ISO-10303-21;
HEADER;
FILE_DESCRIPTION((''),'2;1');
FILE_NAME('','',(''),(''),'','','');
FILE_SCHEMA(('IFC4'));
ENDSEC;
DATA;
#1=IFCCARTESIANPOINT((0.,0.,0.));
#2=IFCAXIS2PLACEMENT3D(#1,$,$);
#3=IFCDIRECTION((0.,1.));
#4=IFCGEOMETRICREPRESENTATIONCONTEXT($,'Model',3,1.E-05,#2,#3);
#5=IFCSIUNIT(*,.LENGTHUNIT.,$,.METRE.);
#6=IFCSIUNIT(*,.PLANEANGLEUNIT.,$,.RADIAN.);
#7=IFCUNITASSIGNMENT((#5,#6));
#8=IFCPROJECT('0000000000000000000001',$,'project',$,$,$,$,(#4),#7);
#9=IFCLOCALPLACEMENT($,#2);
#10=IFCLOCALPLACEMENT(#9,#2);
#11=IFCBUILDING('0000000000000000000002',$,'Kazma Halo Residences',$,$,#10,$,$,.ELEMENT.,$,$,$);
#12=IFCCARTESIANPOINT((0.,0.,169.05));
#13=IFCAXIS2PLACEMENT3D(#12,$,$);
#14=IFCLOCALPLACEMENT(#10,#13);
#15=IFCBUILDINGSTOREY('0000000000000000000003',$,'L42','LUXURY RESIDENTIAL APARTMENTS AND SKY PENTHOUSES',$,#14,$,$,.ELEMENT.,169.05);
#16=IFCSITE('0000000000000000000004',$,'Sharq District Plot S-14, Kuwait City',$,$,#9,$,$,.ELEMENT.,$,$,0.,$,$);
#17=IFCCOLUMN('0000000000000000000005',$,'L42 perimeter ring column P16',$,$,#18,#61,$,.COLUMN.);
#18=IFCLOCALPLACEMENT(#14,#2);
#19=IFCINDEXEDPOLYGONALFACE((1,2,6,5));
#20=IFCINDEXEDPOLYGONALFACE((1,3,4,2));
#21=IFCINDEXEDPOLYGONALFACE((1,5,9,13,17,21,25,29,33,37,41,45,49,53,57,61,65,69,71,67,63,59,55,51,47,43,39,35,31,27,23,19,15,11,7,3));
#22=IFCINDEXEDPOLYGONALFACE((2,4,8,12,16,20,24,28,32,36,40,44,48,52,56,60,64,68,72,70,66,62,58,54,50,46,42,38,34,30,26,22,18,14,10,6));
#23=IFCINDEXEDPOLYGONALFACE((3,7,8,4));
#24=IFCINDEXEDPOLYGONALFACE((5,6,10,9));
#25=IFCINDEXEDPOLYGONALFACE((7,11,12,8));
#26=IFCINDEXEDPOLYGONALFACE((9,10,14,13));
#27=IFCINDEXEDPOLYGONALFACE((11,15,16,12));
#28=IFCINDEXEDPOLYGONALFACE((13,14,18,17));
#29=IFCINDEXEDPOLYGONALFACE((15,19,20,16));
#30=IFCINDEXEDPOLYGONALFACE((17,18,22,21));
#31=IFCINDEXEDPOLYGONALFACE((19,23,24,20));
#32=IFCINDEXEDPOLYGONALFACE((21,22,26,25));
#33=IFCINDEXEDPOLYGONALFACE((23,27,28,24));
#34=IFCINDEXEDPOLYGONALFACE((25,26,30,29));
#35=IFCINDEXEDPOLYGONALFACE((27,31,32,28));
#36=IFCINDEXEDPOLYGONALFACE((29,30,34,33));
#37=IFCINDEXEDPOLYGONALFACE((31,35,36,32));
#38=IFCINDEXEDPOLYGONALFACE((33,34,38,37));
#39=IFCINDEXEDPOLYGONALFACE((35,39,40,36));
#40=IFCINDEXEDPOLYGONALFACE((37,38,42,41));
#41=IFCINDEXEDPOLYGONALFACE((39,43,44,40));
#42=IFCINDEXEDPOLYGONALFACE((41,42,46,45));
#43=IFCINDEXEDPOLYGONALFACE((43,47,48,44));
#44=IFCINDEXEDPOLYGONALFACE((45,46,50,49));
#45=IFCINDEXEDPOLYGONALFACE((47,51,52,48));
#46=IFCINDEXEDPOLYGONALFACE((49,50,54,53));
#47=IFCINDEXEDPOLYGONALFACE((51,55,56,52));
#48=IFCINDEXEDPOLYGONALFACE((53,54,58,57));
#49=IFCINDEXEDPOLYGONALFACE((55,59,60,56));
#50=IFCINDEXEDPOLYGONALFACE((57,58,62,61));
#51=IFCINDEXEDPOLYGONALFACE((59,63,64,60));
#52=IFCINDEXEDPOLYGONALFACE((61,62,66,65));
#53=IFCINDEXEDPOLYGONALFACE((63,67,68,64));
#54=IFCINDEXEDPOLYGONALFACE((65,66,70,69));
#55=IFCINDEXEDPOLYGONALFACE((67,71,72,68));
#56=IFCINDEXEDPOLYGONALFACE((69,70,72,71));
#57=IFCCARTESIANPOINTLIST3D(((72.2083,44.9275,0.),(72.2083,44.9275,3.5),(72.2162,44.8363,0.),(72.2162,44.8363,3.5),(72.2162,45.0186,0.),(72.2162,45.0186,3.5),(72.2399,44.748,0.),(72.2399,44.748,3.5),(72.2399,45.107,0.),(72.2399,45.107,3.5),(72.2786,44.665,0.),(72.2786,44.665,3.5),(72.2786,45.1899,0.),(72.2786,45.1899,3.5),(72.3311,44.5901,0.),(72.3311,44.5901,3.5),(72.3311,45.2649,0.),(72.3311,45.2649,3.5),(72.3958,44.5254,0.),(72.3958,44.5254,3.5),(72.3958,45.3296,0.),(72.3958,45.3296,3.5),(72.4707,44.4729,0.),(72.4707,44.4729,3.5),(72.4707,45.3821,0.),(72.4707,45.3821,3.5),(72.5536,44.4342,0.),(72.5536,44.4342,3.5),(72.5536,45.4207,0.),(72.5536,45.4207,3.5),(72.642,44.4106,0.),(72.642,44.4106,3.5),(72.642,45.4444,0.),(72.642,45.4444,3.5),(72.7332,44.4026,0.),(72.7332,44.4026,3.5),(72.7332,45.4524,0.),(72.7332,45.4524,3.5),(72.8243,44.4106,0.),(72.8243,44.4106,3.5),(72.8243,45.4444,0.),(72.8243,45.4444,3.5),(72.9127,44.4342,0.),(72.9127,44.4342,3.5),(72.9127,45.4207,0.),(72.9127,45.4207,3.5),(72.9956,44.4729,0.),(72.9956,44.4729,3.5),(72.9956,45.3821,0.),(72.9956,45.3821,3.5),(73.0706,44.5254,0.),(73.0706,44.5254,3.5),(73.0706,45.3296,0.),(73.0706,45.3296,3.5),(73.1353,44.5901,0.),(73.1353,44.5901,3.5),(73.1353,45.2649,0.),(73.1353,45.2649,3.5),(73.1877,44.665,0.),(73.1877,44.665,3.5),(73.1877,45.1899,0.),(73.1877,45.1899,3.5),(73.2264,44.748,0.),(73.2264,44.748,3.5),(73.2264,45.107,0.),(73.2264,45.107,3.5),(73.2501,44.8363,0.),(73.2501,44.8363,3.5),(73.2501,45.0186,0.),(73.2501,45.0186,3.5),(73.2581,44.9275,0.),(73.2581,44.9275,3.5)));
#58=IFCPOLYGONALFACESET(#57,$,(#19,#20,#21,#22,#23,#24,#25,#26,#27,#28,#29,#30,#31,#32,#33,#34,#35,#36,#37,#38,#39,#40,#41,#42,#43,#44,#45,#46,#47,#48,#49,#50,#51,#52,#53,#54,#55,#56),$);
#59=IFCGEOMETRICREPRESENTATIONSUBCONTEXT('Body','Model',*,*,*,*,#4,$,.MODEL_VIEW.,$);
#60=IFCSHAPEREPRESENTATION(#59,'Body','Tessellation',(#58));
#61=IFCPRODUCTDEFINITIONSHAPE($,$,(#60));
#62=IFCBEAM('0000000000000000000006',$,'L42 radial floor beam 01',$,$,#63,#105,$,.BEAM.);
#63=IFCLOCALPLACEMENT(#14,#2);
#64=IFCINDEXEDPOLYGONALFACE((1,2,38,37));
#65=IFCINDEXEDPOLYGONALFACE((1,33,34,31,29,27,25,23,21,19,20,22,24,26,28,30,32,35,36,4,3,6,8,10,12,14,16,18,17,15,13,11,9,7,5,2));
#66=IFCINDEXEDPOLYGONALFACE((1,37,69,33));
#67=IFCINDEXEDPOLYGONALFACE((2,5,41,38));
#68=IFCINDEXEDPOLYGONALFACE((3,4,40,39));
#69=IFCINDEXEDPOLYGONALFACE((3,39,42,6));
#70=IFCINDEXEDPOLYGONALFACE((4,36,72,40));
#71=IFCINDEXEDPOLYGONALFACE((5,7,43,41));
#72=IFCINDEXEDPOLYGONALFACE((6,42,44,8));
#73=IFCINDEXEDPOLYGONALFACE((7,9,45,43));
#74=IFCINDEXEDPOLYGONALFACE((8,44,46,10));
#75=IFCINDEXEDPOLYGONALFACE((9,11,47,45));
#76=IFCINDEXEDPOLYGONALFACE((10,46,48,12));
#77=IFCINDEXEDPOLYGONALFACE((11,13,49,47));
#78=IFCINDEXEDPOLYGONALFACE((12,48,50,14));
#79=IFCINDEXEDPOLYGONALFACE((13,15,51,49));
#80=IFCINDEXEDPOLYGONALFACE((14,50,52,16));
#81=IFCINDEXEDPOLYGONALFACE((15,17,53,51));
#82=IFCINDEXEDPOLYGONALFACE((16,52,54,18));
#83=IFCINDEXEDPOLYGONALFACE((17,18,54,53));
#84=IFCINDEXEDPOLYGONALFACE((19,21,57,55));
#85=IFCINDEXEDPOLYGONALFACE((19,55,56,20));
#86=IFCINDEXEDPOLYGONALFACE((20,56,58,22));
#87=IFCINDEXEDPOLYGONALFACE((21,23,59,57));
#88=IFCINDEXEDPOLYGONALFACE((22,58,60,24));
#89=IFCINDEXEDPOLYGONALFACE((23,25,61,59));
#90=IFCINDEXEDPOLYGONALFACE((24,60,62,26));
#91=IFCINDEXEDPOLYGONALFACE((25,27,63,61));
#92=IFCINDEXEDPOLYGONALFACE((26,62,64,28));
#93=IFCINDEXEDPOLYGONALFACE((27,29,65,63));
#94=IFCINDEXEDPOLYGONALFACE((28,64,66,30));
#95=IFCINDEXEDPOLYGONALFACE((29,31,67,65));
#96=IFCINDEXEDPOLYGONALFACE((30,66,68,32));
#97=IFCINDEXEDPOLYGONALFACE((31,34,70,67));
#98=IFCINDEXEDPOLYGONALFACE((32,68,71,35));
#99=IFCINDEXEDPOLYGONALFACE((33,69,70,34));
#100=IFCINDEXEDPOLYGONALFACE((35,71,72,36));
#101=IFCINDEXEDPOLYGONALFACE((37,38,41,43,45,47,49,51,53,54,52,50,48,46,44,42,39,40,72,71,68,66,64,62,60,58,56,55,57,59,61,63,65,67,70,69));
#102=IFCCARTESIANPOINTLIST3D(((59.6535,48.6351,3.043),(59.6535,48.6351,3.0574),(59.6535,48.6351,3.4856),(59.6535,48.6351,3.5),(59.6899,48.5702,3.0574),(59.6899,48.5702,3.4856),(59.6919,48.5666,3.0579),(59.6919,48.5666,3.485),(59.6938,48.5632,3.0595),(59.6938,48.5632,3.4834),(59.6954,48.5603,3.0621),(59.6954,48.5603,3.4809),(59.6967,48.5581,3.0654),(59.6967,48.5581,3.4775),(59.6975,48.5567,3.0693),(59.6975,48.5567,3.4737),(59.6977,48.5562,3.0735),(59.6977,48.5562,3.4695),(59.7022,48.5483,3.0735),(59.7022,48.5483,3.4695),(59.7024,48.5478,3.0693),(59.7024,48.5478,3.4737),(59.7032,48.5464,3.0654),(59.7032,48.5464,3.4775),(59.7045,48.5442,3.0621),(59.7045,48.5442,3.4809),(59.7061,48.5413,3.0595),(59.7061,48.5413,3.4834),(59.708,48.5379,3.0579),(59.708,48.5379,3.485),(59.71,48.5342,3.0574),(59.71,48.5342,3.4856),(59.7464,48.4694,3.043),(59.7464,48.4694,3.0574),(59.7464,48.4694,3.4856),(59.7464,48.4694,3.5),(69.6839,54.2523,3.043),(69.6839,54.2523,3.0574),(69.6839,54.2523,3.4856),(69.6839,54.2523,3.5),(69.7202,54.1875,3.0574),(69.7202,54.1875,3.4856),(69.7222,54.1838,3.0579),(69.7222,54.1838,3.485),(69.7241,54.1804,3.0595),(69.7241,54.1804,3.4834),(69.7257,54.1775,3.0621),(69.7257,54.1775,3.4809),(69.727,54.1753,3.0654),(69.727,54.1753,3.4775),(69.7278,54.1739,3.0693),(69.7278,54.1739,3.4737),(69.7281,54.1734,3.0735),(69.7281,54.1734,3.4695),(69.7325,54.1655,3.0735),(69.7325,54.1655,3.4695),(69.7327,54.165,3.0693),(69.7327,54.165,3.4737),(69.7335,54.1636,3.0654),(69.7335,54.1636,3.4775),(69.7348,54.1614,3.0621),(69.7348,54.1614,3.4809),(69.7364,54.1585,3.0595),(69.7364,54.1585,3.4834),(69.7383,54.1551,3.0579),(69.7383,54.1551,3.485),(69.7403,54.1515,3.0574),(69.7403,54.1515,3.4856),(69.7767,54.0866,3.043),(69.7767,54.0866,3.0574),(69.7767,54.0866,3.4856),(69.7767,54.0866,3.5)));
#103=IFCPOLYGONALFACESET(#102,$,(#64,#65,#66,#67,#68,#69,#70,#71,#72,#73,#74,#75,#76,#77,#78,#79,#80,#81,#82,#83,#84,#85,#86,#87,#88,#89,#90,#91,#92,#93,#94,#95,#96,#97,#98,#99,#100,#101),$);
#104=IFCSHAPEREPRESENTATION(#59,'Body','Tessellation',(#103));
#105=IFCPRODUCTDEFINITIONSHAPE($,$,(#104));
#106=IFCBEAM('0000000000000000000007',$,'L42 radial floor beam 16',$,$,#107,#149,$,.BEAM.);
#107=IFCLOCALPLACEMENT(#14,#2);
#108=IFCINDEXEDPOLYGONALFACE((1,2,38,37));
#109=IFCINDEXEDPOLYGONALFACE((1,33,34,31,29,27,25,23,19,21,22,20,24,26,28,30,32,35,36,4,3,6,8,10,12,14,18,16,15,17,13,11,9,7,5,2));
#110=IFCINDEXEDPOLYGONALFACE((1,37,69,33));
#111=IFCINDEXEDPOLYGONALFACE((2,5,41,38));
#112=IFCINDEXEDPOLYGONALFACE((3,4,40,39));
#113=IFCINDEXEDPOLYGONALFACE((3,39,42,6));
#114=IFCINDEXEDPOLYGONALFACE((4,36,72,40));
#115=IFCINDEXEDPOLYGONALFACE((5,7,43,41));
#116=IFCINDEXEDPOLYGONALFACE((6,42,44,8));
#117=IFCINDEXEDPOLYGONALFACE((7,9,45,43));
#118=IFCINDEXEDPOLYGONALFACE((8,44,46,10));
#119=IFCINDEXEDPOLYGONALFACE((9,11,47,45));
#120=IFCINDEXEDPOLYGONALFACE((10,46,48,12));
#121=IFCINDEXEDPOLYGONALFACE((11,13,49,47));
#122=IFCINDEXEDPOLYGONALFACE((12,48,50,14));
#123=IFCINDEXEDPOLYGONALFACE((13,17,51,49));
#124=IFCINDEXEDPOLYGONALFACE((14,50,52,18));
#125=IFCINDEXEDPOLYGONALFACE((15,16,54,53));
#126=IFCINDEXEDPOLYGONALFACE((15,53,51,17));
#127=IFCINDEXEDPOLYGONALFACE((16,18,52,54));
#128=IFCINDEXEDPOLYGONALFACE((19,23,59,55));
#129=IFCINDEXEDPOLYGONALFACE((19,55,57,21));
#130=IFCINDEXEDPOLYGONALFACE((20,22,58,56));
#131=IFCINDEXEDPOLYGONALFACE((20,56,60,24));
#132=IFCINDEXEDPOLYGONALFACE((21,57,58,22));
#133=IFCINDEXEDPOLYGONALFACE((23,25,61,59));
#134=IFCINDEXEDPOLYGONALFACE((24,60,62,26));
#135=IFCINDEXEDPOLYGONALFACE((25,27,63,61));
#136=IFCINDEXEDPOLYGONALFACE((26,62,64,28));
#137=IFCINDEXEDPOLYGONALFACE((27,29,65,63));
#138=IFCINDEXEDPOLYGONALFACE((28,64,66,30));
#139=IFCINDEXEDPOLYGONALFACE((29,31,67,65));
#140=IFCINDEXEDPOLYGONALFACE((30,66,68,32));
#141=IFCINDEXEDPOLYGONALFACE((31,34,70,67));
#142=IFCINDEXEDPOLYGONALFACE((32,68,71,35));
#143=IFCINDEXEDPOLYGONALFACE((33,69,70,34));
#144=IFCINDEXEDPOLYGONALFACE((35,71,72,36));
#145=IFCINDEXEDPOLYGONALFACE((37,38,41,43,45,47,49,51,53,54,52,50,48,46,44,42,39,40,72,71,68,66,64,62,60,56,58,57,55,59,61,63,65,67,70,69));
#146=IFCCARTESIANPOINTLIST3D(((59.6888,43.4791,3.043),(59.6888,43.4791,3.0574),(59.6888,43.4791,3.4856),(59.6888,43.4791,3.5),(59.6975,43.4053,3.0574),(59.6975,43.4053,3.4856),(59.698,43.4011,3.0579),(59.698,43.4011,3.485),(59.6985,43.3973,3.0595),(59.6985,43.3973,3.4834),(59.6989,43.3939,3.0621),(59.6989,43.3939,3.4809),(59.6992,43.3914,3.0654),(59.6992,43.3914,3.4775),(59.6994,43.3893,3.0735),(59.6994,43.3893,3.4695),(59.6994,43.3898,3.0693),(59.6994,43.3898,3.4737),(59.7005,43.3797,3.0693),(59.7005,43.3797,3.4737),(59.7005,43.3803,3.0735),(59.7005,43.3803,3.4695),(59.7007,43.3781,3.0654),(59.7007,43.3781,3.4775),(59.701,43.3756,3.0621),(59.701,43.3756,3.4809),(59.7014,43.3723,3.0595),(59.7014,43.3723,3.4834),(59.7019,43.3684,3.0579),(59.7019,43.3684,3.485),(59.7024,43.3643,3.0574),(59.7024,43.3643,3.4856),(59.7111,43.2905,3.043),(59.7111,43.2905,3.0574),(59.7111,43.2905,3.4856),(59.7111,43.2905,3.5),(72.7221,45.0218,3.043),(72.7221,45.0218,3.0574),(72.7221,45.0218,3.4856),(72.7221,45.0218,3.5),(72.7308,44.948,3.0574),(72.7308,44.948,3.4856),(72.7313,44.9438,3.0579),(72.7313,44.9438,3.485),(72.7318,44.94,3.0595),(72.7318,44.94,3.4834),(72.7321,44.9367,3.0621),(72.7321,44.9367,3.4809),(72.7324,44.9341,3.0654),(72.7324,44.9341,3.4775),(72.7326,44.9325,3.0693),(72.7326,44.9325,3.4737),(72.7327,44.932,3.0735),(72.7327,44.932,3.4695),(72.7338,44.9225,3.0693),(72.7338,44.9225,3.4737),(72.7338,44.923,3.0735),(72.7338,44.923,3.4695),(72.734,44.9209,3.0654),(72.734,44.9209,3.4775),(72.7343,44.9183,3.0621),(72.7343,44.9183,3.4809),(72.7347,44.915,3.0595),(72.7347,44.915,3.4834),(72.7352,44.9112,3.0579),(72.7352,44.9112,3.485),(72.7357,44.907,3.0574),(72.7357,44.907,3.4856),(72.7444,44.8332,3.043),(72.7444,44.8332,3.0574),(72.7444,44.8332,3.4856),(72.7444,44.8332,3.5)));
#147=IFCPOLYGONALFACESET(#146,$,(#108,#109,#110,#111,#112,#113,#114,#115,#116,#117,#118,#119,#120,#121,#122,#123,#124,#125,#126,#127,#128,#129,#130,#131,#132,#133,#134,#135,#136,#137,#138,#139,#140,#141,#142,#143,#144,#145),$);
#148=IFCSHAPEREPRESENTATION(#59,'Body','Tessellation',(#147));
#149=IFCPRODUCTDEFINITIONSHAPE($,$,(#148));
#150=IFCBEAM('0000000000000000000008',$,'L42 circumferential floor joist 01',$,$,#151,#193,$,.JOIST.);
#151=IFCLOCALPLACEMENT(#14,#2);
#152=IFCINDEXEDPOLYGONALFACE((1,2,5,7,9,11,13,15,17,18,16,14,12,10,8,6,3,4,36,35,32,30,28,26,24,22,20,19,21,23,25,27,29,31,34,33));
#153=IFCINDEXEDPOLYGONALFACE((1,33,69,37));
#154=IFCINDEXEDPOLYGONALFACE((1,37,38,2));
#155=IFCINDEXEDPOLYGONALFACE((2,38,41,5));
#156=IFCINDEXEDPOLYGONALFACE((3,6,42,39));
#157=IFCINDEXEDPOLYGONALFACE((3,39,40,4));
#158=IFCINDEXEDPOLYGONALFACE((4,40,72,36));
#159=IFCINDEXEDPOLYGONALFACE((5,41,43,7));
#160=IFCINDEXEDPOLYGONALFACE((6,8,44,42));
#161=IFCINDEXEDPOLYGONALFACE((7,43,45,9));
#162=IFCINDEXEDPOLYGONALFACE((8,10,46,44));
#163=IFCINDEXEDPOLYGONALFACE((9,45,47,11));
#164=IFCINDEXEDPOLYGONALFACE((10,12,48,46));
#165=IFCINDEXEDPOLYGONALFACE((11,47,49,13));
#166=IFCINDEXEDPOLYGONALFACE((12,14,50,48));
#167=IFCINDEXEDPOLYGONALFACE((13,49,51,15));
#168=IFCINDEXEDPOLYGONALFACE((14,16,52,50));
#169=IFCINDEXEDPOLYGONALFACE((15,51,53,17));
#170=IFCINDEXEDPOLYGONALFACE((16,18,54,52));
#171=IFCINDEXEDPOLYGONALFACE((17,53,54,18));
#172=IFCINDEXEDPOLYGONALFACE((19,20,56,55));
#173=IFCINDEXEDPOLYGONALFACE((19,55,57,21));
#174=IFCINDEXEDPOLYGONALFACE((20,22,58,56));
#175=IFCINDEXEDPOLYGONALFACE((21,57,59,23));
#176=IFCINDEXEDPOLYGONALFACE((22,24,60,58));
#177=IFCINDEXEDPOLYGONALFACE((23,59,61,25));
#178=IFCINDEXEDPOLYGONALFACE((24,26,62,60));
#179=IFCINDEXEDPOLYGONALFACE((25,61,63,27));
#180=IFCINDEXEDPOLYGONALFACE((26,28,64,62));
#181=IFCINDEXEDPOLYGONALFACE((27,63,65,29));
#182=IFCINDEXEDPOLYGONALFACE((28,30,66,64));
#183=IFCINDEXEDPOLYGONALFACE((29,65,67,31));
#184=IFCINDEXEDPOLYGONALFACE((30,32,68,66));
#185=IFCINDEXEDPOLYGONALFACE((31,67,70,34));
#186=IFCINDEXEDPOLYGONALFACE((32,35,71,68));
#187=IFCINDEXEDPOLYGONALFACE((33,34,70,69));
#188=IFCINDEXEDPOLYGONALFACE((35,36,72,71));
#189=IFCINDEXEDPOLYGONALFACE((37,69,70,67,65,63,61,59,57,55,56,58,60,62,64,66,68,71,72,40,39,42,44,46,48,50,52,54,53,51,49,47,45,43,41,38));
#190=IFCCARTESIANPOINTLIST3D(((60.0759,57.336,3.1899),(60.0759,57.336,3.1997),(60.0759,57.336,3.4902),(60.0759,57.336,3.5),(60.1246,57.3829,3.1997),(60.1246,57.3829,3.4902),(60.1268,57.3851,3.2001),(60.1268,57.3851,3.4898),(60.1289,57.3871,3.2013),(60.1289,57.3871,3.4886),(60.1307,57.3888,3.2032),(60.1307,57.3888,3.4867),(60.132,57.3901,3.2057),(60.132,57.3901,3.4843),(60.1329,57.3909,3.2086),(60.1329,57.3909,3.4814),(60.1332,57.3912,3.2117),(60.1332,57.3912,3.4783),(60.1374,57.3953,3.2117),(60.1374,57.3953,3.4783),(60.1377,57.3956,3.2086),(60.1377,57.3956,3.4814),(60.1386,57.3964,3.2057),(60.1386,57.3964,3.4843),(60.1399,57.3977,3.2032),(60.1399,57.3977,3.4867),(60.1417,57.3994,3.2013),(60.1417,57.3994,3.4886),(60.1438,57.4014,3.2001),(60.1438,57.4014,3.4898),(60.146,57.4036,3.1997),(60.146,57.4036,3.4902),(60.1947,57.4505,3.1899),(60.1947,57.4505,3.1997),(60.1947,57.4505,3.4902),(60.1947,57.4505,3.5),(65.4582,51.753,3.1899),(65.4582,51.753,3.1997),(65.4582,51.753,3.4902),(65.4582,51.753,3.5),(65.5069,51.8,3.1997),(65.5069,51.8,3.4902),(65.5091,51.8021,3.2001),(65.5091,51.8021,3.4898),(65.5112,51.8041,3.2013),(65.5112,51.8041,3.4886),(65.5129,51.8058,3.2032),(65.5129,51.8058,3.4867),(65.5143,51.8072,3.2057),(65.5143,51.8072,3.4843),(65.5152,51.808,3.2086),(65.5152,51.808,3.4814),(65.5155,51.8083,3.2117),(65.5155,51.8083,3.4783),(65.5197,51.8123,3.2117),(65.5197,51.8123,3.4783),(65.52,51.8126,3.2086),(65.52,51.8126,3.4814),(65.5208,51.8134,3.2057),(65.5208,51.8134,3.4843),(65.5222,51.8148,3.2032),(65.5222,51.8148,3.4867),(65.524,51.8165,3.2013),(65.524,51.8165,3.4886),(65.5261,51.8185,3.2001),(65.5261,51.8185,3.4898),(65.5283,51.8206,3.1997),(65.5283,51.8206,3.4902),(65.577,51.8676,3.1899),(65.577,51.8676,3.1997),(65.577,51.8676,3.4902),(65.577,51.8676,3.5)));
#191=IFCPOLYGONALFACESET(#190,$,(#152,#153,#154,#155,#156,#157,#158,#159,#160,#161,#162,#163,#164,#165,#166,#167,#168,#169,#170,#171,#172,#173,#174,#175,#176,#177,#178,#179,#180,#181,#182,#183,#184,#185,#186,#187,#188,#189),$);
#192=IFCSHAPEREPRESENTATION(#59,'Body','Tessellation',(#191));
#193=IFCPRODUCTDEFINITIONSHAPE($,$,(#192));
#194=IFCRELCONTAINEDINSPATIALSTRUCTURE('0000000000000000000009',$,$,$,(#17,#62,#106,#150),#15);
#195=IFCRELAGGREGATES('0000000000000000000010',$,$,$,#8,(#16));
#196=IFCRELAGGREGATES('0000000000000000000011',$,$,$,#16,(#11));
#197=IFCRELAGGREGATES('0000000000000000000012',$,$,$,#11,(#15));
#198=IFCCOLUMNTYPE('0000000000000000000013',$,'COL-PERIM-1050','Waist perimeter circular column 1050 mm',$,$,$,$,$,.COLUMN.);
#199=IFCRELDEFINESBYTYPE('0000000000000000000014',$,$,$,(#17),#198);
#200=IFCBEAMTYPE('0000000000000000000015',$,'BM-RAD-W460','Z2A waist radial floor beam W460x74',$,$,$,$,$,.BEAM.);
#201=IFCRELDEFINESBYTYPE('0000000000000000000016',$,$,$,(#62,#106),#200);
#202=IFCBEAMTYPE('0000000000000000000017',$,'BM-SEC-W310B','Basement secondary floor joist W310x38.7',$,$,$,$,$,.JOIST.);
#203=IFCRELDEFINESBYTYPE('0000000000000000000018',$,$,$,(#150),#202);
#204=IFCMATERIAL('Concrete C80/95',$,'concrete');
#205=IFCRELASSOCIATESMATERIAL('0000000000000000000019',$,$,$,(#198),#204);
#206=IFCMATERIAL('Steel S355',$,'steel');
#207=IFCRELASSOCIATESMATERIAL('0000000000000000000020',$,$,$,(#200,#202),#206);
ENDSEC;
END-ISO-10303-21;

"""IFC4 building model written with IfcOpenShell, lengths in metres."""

from ifc_helpers import new_model, si_unit, direction, frame, origin, origin_2d, place, context, subcontext, project, spatial, circle, i_section, extrude, material, material_profile, profile_set, type_object, element, save


model = new_model("IFC4")

# Units and contexts
model_context = context("Model", 3, precision=1e-05, world=origin(), true_north=direction((0.0, 1.0)))
body_context = subcontext(model_context, "Body", "Model", "MODEL_VIEW")
ifc_project = project(units=[si_unit("LENGTHUNIT", "METRE"), si_unit("PLANEANGLEUNIT", "RADIAN")], contexts=[model_context])

# Site, building, storey
site_placement = place(None, origin())
site = spatial("IfcSite", under=ifc_project, at=site_placement, Name="Sharq District Plot S-14, Kuwait City", CompositionType="ELEMENT", RefElevation=0.0)
building_placement = place(site_placement, origin())
building = spatial("IfcBuilding", under=site, at=building_placement, Name="Kazma Halo Residences", CompositionType="ELEMENT")
storey_placement = place(building_placement, frame((0.0, 0.0, 169.05)))
storey = spatial("IfcBuildingStorey", under=building, at=storey_placement, Name="L42", Description="LUXURY RESIDENTIAL APARTMENTS AND SKY PENTHOUSES", CompositionType="ELEMENT", Elevation=169.05)

# Column
ifc_material_1 = material(Name="Concrete C80/95", Category="concrete")
ifc_material_profile_1 = material_profile(ifc_material_1, circle(Radius=0.5249, at=origin_2d()), Name="CIRC1050")
ifc_profile_set_1 = profile_set([ifc_material_profile_1], Name="Concrete C80/95")
column_type = type_object("IfcColumnType", Name="COL-PERIM-1050", Description="Waist perimeter circular column 1050 mm", PredefinedType="COLUMN", material=ifc_profile_set_1)
column_placement = place(storey_placement, frame((72.7332, 44.9275, 0.0), z_axis=(0.0, 0.0, 1.0), x_axis=(1.0, 0.0, 0.0)))
element("IfcColumn", 1, at=column_placement, inside=storey, type_object=column_type, Name="L42 perimeter ring column P16", PredefinedType="COLUMN", context=body_context, shape_type="SweptSolid", body=[
    extrude(circle(Radius=0.5249, at=origin_2d()), origin(), (0.0, 0.0, 1.0), 3.5),
])

# Beams
ifc_material_2 = material(Name="Steel S355", Category="steel")
ifc_material_profile_2 = material_profile(ifc_material_2, i_section(OverallWidth=0.1899, OverallDepth=0.457, WebThickness=0.009, FlangeThickness=0.0144, FilletRadius=0.0161, at=origin_2d()), Name="W460x74")
ifc_profile_set_2 = profile_set([ifc_material_profile_2], Name="Steel S355")
beam_type_1 = type_object("IfcBeamType", Name="BM-RAD-W460", Description="Z2A waist radial floor beam W460x74", PredefinedType="BEAM", material=ifc_profile_set_2)
beam_1_placement = place(storey_placement, frame((59.7, 48.5522, 3.2715), z_axis=(0.872497, 0.488619, 0.0), x_axis=(-0.488619, 0.872497, 0.0)))
element("IfcBeam", 2, at=beam_1_placement, inside=storey, type_object=beam_type_1, Name="L42 radial floor beam 01", PredefinedType="BEAM", context=body_context, shape_type="SweptSolid", body=[
    extrude(i_section(OverallWidth=0.1899, OverallDepth=0.457, WebThickness=0.009, FlangeThickness=0.0144, FilletRadius=0.0161, at=origin_2d()), origin(), (0.0, 0.0, 1.0), 11.4961),
])
beam_2_placement = place(storey_placement, frame((59.7, 43.3848, 3.2715), z_axis=(0.993067, 0.117548, 0.0), x_axis=(-0.117548, 0.993067, 0.0)))
element("IfcBeam", 3, at=beam_2_placement, inside=storey, type_object=beam_type_1, Name="L42 radial floor beam 16", PredefinedType="BEAM", context=body_context, shape_type="SweptSolid", body=[
    extrude(i_section(OverallWidth=0.1899, OverallDepth=0.457, WebThickness=0.009, FlangeThickness=0.0144, FilletRadius=0.0161, at=origin_2d()), origin(), (0.0, 0.0, 1.0), 13.1243),
])
ifc_material_profile_3 = material_profile(ifc_material_2, i_section(OverallWidth=0.165, OverallDepth=0.3101, WebThickness=0.0059, FlangeThickness=0.0098, FilletRadius=0.012, at=origin_2d()), Name="W310x38.7")
ifc_profile_set_3 = profile_set([ifc_material_profile_3], Name="Steel S355")
beam_type_2 = type_object("IfcBeamType", Name="BM-SEC-W310B", Description="Basement secondary floor joist W310x38.7", PredefinedType="JOIST", material=ifc_profile_set_3)
beam_3_placement = place(storey_placement, frame((65.5176, 51.8103, 3.345), z_axis=(-0.694049, 0.719927, 0.0), x_axis=(-0.719927, -0.694049, 0.0)))
element("IfcBeam", 4, at=beam_3_placement, inside=storey, type_object=beam_type_2, Name="L42 circumferential floor joist 01", PredefinedType="JOIST", context=body_context, shape_type="SweptSolid", body=[
    extrude(i_section(OverallWidth=0.165, OverallDepth=0.3101, WebThickness=0.0059, FlangeThickness=0.0098, FilletRadius=0.012, at=origin_2d()), origin(), (0.0, 0.0, 1.0), 7.7549),
])

save(model, "model.ifc")
